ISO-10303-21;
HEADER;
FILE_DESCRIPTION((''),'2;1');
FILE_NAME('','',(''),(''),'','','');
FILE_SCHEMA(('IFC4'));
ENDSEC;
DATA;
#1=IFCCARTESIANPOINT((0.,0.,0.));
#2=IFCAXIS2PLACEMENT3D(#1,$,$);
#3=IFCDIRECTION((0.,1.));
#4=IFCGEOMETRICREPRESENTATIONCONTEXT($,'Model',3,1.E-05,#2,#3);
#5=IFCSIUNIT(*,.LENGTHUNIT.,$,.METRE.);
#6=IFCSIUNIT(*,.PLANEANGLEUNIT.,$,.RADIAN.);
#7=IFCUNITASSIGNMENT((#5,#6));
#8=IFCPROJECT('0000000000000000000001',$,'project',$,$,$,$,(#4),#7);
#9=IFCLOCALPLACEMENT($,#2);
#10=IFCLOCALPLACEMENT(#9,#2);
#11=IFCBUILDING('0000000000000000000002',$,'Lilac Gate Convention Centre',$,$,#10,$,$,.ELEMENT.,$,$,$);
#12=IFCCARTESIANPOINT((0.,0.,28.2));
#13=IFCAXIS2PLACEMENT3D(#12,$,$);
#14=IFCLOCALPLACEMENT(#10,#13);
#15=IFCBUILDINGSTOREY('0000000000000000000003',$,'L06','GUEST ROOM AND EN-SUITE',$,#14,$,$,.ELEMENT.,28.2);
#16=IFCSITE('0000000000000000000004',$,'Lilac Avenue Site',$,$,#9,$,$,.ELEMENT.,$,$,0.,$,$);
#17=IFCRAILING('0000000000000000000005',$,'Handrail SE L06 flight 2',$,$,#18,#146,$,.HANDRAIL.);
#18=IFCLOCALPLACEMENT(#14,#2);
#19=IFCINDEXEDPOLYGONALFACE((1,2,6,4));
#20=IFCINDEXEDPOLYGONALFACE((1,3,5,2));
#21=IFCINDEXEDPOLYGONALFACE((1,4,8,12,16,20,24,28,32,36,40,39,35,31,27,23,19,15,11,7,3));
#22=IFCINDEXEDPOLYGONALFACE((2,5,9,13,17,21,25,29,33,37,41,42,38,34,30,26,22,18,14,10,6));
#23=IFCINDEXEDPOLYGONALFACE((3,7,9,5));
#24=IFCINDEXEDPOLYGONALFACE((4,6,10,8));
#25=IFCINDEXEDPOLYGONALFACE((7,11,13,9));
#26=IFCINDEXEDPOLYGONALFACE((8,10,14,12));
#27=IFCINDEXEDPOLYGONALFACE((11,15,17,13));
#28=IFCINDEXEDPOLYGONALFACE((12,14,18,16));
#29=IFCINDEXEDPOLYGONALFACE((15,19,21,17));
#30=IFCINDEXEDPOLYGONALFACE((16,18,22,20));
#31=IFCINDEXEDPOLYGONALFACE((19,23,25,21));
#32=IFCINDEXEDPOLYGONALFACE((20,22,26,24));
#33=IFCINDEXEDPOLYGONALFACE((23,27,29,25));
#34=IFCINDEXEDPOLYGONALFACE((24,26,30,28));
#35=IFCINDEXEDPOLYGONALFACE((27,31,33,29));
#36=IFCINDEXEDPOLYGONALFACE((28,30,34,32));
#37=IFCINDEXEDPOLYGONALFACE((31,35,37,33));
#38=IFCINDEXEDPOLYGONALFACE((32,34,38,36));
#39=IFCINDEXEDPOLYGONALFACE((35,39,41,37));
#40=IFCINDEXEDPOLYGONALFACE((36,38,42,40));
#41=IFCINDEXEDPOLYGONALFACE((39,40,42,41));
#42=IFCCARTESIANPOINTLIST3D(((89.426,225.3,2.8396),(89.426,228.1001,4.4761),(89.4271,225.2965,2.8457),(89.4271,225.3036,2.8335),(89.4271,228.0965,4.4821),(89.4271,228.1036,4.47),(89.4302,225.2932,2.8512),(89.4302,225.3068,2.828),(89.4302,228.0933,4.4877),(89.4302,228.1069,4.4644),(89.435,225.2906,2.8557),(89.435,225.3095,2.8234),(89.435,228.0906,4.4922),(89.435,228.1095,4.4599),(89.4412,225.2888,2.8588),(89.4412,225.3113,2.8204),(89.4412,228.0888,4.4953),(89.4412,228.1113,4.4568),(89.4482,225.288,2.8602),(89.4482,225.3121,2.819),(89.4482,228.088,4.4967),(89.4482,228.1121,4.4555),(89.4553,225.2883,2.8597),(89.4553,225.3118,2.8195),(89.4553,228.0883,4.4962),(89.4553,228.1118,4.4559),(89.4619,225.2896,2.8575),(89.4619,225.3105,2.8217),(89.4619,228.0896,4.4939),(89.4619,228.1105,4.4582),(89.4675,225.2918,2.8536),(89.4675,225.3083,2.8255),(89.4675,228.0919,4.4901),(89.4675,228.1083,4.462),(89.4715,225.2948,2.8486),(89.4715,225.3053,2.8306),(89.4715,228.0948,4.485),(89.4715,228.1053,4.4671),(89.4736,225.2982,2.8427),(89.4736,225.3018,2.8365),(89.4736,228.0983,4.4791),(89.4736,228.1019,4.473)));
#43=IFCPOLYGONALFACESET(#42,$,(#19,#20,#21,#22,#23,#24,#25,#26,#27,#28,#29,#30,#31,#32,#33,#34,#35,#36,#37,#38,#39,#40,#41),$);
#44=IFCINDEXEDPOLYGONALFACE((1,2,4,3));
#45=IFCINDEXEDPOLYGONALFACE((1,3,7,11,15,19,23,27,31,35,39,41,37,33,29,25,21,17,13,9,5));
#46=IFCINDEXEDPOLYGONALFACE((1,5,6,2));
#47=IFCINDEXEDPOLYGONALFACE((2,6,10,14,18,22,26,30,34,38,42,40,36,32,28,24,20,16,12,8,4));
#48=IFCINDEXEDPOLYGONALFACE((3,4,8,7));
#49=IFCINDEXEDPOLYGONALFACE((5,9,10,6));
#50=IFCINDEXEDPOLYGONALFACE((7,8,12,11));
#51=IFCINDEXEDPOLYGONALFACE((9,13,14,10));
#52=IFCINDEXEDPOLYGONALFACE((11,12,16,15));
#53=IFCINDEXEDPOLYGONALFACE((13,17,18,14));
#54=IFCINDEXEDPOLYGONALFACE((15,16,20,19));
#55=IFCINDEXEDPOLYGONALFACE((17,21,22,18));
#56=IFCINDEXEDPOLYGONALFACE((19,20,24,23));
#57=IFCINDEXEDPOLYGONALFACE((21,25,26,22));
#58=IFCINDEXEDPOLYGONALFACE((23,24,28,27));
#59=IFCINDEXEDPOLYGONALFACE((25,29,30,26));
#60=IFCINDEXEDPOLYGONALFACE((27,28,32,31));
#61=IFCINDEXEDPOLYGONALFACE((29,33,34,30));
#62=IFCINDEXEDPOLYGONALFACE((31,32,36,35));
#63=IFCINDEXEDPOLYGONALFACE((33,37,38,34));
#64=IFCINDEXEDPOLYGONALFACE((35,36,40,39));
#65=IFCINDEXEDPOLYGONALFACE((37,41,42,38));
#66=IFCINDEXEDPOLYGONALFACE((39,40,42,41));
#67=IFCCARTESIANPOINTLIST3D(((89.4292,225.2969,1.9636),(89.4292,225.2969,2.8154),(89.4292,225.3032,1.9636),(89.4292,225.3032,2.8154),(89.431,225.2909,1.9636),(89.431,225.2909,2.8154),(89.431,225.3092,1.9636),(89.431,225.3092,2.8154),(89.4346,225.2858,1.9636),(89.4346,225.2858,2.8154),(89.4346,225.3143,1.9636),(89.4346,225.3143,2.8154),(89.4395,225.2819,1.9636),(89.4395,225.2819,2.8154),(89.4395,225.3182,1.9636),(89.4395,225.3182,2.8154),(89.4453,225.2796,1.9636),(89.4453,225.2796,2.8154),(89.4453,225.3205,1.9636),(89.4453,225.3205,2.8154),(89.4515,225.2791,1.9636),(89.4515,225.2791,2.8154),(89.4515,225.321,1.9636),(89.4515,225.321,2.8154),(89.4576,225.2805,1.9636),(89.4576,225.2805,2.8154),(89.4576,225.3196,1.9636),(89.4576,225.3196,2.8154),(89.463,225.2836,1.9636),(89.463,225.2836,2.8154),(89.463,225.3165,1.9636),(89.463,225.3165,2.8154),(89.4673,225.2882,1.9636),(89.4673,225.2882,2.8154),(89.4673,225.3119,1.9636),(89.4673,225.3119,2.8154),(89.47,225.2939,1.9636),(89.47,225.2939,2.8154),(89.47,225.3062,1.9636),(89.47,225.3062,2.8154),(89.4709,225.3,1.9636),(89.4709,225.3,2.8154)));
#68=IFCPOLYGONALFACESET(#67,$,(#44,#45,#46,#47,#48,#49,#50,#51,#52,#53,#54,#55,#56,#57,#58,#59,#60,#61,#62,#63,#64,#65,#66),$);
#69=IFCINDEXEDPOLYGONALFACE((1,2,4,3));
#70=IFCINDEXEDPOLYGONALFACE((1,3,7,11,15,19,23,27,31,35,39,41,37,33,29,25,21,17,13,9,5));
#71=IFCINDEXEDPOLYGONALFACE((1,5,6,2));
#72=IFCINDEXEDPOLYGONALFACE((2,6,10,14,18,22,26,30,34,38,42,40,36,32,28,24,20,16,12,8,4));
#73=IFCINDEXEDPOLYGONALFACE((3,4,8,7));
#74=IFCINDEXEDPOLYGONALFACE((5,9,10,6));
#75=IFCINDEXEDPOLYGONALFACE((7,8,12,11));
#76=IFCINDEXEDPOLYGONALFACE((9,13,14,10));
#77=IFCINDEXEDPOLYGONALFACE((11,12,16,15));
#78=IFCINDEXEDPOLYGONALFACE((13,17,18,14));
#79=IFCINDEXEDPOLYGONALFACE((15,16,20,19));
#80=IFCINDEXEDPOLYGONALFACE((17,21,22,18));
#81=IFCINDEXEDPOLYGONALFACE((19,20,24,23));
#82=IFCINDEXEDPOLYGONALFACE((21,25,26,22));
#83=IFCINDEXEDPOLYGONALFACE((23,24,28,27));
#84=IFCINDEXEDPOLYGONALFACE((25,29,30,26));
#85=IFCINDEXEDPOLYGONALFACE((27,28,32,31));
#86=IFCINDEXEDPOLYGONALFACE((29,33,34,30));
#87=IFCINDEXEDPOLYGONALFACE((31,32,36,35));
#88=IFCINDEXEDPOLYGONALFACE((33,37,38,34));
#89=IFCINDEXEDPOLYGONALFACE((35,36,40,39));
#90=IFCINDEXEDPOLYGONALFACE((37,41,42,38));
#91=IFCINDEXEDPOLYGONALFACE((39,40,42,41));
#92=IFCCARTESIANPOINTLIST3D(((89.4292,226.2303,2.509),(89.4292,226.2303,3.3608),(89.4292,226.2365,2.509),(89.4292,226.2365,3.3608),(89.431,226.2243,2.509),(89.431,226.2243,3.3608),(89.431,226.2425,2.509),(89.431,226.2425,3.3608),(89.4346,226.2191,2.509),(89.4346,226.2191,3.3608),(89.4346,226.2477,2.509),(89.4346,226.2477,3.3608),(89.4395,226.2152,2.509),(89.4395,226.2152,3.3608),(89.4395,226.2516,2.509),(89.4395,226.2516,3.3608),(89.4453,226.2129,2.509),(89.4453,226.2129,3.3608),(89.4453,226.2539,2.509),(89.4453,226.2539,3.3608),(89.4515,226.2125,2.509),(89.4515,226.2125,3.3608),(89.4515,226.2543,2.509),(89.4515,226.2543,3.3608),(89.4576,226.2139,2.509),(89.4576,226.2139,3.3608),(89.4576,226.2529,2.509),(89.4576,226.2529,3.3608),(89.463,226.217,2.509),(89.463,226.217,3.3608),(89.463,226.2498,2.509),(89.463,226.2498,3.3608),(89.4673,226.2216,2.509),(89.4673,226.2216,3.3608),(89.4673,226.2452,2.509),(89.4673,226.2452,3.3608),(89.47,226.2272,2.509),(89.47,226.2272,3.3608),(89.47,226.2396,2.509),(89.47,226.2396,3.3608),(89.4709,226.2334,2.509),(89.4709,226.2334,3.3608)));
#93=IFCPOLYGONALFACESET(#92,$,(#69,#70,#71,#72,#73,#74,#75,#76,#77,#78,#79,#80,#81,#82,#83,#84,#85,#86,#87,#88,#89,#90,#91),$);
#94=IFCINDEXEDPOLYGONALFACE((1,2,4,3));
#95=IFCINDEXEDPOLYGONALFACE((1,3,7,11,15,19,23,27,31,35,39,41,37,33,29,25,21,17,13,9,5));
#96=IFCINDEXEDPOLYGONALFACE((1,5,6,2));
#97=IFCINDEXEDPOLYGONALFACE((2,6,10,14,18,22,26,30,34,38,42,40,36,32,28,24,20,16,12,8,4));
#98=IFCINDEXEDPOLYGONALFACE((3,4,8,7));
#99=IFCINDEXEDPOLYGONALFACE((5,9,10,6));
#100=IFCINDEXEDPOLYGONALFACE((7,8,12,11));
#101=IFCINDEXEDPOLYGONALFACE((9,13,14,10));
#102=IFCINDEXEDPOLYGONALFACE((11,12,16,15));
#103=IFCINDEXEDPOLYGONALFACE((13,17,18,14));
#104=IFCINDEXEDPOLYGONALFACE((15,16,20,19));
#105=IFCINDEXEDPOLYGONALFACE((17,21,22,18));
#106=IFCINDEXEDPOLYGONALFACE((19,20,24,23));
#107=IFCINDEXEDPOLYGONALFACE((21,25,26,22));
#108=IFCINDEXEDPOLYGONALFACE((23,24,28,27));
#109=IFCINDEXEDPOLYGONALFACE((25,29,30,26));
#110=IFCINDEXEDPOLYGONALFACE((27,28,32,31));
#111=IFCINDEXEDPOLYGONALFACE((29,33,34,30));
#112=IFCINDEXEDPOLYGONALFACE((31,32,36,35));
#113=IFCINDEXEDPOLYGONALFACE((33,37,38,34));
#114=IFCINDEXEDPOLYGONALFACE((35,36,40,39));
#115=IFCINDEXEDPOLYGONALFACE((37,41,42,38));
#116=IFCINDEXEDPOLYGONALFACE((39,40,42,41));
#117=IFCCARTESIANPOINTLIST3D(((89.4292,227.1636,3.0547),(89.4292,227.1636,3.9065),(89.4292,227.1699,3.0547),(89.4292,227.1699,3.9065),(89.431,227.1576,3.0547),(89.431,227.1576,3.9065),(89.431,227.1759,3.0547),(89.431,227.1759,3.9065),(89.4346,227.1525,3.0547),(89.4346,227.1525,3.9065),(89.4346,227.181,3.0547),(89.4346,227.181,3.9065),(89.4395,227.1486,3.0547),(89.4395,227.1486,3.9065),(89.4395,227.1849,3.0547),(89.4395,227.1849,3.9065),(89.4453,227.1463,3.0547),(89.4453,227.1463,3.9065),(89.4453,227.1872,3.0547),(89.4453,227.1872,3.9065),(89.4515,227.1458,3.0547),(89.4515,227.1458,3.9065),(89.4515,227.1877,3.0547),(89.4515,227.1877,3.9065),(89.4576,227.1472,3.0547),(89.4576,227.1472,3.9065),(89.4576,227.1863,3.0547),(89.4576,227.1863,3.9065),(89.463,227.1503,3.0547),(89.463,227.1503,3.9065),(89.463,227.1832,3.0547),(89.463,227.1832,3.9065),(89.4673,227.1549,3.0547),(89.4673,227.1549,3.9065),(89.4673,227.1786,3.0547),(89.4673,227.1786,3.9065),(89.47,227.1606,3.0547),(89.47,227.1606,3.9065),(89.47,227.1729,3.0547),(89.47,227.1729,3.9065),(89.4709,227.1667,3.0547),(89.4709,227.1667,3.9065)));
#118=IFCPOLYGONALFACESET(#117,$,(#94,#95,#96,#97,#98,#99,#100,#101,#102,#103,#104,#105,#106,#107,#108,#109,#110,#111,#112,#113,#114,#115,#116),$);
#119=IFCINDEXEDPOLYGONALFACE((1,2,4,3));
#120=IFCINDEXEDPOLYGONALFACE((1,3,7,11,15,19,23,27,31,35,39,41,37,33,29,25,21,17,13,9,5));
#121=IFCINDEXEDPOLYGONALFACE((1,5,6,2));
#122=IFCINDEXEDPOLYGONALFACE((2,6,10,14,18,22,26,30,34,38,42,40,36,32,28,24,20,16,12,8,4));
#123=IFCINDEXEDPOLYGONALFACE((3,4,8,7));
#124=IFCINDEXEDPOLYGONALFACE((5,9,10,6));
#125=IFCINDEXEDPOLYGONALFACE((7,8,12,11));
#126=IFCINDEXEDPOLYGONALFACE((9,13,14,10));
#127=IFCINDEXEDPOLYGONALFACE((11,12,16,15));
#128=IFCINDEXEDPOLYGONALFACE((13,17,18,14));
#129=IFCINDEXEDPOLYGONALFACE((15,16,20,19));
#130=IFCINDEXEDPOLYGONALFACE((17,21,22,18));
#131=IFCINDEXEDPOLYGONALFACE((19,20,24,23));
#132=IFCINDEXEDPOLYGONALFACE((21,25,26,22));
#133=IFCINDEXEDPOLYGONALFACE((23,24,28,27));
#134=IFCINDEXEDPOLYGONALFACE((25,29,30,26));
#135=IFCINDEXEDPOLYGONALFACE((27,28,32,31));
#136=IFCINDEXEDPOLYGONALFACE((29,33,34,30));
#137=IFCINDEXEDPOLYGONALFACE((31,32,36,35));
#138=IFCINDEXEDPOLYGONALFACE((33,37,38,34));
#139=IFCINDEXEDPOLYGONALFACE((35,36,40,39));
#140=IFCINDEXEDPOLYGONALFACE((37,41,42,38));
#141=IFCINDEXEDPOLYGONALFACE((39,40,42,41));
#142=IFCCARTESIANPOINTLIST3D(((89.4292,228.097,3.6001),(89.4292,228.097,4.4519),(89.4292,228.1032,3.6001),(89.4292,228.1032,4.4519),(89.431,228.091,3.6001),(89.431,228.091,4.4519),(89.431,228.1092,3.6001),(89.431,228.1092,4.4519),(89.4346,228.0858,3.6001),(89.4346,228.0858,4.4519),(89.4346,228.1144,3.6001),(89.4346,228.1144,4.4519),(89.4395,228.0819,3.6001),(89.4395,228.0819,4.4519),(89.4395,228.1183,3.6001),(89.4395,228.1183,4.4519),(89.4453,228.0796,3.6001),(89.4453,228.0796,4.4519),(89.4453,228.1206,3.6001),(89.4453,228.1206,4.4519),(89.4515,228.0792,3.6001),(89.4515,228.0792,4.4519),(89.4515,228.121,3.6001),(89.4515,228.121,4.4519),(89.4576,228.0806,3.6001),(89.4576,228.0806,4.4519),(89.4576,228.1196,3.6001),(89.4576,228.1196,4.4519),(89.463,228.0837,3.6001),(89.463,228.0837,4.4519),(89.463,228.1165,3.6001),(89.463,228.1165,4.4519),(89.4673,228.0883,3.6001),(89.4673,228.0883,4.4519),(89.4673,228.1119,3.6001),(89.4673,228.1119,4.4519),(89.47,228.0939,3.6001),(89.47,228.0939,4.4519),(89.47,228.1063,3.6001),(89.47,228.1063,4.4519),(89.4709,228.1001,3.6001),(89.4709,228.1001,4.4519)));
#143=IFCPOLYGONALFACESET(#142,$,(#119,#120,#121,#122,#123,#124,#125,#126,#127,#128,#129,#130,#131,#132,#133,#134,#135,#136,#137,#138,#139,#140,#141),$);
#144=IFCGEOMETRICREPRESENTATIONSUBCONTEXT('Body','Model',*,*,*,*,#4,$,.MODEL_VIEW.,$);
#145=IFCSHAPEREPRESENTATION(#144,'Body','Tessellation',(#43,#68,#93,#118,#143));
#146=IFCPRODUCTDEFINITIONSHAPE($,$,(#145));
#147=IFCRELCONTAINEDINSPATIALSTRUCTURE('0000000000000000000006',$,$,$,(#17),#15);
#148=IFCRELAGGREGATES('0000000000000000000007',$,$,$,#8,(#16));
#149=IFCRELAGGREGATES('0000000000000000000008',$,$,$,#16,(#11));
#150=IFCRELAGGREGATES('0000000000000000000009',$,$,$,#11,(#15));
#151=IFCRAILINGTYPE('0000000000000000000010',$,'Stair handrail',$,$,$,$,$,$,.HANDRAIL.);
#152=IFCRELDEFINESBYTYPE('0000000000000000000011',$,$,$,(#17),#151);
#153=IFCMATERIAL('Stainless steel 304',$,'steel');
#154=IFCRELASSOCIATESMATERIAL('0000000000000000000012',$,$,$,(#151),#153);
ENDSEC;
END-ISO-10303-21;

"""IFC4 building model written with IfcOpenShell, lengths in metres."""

from ifc_helpers import new_model, si_unit, direction, frame, origin, origin_2d, place, context, subcontext, project, spatial, circle, extrude, material, type_object, element, save


model = new_model("IFC4")

# Units and contexts
model_context = context("Model", 3, precision=1e-05, world=origin(), true_north=direction((0.0, 1.0)))
body_context = subcontext(model_context, "Body", "Model", "MODEL_VIEW")
ifc_project = project(units=[si_unit("LENGTHUNIT", "METRE"), si_unit("PLANEANGLEUNIT", "RADIAN")], contexts=[model_context])

# Site, building, storey
site_placement = place(None, origin())
site = spatial("IfcSite", under=ifc_project, at=site_placement, Name="Lilac Avenue Site", CompositionType="ELEMENT", RefElevation=0.0)
building_placement = place(site_placement, origin())
building = spatial("IfcBuilding", under=site, at=building_placement, Name="Lilac Gate Convention Centre", CompositionType="ELEMENT")
storey_placement = place(building_placement, frame((0.0, 0.0, 28.2)))
storey = spatial("IfcBuildingStorey", under=building, at=storey_placement, Name="L06", Description="GUEST ROOM AND EN-SUITE", CompositionType="ELEMENT", Elevation=28.2)

# Railing
ifc_material_1 = material(Name="Stainless steel 304", Category="steel")
railing_type = type_object("IfcRailingType", Name="Stair handrail", PredefinedType="HANDRAIL", material=ifc_material_1)
for number, where, name in (
    (1, (89.45, 225.3, 1.9636), "Handrail SE L06 flight 2"),
):
    element("IfcRailing", number, at=place(storey_placement, frame(where)), inside=storey, type_object=railing_type, Name=name, PredefinedType="HANDRAIL", context=body_context, shape_type="SweptSolid", body=[
        extrude(circle(Radius=0.0239, at=origin_2d()), frame((0.0, 0.0, 0.876), z_axis=(0.0, 0.863361, 0.504587), x_axis=(-1.0, 0.0, 0.0)), (0.0, 0.0, 1.0), 3.2432),
        extrude(circle(Radius=0.021, at=origin_2d()), origin(), (0.0, 0.0, 1.0), 0.8518),
        extrude(circle(Radius=0.021, at=origin_2d()), frame((0.0, 0.9333, 0.5454)), (0.0, 0.0, 1.0), 0.8518),
        extrude(circle(Radius=0.021, at=origin_2d()), frame((0.0, 1.8667, 1.0911)), (0.0, 0.0, 1.0), 0.8518),
        extrude(circle(Radius=0.021, at=origin_2d()), frame((0.0, 2.8, 1.6365)), (0.0, 0.0, 1.0), 0.8518),
    ])

save(model, "model.ifc")
